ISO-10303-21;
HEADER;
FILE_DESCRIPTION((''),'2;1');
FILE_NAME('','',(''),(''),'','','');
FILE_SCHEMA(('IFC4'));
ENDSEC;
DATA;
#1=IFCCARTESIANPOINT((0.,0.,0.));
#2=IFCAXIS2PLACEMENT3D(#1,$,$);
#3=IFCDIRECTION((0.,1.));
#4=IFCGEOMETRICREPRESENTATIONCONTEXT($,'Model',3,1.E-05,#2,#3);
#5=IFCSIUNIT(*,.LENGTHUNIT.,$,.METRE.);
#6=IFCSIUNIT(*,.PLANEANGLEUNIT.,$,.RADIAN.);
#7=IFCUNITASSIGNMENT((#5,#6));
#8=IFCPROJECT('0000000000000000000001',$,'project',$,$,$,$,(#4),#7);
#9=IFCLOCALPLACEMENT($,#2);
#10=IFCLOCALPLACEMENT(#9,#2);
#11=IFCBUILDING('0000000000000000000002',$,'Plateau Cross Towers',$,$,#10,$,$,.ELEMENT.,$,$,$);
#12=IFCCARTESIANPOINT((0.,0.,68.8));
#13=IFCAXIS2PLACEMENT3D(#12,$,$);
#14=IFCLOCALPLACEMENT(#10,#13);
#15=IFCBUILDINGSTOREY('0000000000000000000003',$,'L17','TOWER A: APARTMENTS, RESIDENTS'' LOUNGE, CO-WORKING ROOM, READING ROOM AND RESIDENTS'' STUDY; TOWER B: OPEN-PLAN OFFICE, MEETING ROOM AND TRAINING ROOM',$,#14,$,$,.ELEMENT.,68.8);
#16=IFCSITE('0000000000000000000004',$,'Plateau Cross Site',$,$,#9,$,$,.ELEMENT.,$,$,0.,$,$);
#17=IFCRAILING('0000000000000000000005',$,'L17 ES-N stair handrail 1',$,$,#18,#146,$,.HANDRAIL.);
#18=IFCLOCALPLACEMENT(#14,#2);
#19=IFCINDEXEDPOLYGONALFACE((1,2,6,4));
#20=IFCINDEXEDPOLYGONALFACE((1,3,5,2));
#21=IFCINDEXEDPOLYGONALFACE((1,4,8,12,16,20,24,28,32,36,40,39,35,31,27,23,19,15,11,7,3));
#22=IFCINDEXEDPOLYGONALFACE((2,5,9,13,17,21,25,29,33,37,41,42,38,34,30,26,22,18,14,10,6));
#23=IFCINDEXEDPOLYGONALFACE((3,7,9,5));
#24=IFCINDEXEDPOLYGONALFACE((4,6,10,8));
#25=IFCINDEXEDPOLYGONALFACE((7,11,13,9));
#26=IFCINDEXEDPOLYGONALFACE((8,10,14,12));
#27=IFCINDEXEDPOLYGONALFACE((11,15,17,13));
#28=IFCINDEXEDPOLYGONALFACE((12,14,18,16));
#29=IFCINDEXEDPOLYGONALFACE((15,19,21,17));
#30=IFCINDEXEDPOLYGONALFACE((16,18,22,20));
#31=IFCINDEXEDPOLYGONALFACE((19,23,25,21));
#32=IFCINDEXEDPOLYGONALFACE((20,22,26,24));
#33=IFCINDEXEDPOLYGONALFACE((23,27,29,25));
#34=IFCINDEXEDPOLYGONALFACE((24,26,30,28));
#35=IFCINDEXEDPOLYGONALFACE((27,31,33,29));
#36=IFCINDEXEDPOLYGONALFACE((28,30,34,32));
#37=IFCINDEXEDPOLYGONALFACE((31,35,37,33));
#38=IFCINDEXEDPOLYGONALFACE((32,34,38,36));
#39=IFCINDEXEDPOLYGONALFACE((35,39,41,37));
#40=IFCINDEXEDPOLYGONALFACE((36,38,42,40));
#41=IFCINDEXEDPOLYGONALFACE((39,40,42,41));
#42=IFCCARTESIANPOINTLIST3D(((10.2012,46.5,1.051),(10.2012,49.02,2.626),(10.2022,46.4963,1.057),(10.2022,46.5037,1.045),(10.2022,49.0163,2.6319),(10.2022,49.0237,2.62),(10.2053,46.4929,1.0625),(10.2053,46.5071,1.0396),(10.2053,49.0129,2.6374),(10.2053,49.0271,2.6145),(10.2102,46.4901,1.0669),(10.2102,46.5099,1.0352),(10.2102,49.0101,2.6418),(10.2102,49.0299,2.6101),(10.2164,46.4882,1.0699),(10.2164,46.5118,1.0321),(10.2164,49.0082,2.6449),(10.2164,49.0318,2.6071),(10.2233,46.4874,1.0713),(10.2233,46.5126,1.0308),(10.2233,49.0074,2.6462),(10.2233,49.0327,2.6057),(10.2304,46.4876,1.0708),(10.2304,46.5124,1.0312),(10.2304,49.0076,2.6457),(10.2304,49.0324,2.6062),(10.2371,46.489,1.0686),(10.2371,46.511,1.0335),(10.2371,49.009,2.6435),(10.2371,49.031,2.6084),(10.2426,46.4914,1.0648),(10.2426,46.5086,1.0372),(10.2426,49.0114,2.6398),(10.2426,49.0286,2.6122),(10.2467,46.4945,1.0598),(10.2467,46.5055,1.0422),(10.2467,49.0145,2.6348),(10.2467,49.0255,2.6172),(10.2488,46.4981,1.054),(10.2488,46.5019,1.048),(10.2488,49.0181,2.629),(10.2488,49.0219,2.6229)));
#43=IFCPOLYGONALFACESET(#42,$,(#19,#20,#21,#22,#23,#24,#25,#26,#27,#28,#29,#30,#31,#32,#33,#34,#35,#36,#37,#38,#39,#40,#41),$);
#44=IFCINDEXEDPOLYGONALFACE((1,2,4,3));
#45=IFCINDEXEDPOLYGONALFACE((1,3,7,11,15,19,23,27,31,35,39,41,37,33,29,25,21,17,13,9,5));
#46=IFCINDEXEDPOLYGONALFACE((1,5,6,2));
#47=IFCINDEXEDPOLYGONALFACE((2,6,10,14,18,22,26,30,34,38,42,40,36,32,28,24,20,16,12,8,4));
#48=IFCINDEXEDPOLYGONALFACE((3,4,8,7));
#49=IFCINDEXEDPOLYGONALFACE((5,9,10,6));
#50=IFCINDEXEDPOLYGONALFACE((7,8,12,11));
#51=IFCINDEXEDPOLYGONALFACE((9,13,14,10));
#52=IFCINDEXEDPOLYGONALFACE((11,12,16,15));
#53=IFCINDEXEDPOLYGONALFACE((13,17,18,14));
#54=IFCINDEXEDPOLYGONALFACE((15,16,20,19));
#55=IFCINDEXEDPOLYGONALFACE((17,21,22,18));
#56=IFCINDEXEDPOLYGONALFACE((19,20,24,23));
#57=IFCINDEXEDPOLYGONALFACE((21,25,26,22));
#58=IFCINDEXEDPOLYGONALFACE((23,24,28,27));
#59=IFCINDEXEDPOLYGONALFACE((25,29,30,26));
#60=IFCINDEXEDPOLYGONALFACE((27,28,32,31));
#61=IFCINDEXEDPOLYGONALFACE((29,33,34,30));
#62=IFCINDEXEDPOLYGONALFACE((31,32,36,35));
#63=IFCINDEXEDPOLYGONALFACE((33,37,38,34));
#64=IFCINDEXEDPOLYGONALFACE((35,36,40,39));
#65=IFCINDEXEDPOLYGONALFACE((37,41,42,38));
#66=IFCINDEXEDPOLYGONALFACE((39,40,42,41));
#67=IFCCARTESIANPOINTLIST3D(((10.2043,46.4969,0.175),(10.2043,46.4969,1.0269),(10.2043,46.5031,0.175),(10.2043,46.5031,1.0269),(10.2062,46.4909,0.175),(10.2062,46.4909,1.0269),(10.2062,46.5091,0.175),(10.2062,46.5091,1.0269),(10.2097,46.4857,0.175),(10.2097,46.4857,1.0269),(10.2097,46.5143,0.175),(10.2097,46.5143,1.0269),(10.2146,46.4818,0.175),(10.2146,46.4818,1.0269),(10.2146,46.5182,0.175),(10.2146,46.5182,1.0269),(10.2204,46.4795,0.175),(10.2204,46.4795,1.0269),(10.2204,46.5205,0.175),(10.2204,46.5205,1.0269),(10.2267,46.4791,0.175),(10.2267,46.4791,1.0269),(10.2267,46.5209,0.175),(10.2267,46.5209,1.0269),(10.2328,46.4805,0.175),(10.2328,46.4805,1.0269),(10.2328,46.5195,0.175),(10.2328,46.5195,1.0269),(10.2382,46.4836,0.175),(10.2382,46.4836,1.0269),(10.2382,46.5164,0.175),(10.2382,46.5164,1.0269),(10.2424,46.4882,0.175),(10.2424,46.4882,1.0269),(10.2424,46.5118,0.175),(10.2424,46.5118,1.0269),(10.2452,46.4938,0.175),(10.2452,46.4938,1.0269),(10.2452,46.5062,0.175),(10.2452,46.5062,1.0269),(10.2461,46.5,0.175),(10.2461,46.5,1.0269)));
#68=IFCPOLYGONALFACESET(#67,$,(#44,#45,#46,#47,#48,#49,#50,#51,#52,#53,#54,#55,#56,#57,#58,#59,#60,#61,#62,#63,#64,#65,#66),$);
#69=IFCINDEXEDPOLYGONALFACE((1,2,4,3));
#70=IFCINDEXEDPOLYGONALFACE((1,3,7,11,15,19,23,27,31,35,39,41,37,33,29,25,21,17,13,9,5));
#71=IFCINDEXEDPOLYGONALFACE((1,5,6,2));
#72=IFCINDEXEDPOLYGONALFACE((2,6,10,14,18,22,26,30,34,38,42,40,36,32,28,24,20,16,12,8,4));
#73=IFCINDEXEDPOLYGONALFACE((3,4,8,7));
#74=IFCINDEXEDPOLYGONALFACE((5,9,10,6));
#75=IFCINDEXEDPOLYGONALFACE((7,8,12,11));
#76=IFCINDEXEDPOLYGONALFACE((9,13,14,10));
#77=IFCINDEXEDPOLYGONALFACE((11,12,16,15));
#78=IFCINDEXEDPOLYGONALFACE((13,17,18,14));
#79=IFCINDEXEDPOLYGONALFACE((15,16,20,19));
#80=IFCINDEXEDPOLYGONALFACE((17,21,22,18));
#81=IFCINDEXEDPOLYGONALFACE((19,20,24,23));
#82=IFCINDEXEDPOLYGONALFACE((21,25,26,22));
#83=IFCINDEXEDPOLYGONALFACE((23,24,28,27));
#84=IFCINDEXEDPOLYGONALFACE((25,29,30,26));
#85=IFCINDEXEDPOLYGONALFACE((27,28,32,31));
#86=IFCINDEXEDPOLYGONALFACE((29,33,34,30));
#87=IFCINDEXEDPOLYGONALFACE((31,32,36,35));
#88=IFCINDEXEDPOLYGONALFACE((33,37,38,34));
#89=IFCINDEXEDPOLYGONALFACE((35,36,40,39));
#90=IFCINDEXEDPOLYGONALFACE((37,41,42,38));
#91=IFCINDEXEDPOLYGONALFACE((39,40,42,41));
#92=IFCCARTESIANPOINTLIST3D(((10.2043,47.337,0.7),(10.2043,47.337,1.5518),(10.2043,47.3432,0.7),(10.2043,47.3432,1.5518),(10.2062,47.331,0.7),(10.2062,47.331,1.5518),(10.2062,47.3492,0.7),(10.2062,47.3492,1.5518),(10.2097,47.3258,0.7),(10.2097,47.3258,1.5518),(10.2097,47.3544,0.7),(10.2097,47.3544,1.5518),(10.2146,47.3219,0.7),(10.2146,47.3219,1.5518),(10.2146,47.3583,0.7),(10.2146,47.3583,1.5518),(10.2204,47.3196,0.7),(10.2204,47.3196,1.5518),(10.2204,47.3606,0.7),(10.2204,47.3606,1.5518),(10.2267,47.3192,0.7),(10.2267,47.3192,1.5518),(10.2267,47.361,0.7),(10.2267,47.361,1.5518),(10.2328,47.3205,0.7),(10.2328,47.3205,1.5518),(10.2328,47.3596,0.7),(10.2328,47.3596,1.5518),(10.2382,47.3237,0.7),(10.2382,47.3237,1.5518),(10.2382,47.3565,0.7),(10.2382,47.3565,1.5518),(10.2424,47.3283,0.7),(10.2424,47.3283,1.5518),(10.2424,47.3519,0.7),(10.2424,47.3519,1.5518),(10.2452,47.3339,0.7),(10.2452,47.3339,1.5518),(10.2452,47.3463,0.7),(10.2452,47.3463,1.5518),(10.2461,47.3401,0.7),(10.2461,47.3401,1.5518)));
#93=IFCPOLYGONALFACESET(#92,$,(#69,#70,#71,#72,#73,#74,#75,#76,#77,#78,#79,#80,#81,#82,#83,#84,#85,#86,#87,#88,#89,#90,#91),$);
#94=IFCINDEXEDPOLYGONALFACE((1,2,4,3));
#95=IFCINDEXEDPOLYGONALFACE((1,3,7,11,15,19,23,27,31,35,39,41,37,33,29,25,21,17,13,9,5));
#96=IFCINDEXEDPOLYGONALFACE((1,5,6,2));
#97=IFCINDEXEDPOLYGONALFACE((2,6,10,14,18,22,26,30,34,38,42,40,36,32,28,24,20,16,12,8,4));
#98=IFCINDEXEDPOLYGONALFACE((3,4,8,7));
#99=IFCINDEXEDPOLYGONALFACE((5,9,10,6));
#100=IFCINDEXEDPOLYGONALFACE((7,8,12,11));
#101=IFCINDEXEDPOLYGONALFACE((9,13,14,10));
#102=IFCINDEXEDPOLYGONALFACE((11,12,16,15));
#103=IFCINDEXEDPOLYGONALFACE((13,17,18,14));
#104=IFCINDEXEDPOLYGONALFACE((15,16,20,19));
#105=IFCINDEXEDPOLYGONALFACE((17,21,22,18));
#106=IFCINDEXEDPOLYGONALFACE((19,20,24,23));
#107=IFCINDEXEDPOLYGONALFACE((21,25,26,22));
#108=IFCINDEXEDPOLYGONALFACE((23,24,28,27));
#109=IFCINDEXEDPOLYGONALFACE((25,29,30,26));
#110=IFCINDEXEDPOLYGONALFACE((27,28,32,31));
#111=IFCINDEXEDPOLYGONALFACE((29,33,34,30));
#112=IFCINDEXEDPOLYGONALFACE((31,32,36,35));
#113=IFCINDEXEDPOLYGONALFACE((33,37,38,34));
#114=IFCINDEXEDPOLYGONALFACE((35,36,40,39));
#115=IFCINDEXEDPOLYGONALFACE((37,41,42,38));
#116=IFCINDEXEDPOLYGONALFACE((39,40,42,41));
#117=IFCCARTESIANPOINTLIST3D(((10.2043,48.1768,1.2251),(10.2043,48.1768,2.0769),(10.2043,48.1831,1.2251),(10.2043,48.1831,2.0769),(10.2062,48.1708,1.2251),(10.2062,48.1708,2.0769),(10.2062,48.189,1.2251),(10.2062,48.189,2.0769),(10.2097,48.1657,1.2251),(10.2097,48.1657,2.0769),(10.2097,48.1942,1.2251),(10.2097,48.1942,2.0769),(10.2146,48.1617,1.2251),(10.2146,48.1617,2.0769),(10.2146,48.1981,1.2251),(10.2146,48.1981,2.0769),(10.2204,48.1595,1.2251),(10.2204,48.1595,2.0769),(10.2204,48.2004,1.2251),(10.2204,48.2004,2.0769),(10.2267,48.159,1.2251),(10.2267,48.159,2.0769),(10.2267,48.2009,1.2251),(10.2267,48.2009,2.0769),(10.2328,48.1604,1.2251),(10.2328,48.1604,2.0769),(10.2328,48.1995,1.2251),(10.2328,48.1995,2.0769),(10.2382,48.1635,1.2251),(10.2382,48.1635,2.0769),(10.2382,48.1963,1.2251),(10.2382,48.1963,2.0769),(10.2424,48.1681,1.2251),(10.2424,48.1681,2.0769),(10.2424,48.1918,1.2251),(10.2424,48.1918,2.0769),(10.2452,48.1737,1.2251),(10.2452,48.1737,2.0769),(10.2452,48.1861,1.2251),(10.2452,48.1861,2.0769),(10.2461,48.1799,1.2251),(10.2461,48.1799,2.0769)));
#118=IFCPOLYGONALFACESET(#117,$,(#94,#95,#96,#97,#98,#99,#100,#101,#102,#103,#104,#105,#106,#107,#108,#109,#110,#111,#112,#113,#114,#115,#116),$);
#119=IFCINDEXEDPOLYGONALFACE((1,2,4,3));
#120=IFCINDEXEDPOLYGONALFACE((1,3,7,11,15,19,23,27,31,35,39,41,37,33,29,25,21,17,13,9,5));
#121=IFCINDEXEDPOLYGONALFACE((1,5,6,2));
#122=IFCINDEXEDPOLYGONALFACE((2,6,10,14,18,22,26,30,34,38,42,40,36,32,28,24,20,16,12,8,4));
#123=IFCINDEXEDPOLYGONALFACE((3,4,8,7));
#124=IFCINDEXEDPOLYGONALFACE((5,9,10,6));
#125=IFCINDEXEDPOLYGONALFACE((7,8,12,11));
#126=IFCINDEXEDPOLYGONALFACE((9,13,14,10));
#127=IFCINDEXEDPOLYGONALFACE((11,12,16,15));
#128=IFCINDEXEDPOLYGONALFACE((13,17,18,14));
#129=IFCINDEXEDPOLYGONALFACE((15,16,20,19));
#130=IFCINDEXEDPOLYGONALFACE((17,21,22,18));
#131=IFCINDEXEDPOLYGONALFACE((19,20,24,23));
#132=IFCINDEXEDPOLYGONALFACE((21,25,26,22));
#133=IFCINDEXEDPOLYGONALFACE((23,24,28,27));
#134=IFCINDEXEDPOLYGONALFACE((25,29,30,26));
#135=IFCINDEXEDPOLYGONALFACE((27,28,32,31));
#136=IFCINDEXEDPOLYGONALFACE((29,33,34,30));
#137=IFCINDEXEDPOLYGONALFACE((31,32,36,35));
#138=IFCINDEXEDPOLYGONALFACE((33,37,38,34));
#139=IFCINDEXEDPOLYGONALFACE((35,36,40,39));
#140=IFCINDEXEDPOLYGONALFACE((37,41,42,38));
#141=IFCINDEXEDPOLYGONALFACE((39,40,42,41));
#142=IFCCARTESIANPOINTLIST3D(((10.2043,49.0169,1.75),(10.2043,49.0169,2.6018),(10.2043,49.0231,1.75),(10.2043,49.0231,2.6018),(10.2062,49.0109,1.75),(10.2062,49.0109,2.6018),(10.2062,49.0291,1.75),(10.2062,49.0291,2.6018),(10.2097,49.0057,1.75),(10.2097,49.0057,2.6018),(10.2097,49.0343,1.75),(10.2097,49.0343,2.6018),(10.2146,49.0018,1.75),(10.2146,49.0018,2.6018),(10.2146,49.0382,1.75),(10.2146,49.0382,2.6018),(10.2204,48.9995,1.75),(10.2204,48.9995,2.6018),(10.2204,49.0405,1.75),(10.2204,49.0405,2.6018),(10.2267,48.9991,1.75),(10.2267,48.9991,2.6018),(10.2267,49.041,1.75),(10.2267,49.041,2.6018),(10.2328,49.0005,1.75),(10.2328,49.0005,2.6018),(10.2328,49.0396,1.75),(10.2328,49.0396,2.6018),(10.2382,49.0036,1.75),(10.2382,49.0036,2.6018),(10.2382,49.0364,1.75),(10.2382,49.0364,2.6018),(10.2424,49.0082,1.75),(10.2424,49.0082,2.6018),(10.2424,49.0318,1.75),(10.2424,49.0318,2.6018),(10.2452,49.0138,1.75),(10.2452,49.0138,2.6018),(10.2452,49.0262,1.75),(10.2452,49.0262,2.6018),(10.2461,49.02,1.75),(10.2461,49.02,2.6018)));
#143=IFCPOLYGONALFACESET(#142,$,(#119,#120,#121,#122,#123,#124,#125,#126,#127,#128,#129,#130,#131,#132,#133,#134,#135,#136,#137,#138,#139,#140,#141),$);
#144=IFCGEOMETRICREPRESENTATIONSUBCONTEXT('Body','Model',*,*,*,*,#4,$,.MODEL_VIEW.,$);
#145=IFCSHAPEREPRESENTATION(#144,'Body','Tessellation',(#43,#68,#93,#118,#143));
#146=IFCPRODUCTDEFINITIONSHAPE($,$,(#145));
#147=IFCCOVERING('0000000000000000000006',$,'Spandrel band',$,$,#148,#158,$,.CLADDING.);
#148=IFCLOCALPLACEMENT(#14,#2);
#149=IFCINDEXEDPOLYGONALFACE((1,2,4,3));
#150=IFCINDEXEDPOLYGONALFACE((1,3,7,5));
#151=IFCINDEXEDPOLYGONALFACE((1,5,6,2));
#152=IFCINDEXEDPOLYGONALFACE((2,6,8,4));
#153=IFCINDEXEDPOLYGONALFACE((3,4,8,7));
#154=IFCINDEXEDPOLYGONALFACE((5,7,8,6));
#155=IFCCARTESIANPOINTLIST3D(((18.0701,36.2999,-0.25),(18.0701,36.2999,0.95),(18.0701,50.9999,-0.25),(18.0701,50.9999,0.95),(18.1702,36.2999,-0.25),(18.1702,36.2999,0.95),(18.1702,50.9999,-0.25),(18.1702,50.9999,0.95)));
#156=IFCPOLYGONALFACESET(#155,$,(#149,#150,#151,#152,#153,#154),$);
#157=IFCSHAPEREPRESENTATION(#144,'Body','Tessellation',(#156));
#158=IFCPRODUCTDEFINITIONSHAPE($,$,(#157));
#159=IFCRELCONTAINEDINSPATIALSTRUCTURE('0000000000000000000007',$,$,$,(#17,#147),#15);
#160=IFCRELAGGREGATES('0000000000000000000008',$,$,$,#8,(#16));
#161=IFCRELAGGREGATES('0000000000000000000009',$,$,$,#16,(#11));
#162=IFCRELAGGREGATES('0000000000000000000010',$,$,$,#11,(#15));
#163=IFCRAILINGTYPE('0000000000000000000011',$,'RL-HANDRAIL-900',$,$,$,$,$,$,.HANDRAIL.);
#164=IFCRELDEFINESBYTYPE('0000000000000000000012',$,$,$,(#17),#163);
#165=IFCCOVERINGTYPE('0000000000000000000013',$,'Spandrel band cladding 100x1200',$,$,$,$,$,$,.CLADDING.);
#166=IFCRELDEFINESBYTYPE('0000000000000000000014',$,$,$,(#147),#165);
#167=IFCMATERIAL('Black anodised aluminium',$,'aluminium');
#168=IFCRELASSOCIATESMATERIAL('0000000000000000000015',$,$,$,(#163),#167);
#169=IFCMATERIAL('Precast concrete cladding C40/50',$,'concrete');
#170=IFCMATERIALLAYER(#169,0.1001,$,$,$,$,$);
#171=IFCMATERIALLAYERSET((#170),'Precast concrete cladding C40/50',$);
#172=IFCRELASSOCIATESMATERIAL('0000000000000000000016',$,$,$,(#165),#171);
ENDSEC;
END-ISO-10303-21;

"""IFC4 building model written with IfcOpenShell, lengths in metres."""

from ifc_helpers import new_model, si_unit, direction, frame, origin, origin_2d, place, context, subcontext, project, spatial, rectangle, circle, extrude, material, layer, layer_set, type_object, element, save


model = new_model("IFC4")

# Units and contexts
model_context = context("Model", 3, precision=1e-05, world=origin(), true_north=direction((0.0, 1.0)))
body_context = subcontext(model_context, "Body", "Model", "MODEL_VIEW")
ifc_project = project(units=[si_unit("LENGTHUNIT", "METRE"), si_unit("PLANEANGLEUNIT", "RADIAN")], contexts=[model_context])

# Site, building, storey
site_placement = place(None, origin())
site = spatial("IfcSite", under=ifc_project, at=site_placement, Name="Plateau Cross Site", CompositionType="ELEMENT", RefElevation=0.0)
building_placement = place(site_placement, origin())
building = spatial("IfcBuilding", under=site, at=building_placement, Name="Plateau Cross Towers", CompositionType="ELEMENT")
storey_placement = place(building_placement, frame((0.0, 0.0, 68.8)))
storey = spatial("IfcBuildingStorey", under=building, at=storey_placement, Name="L17", Description="TOWER A: APARTMENTS, RESIDENTS' LOUNGE, CO-WORKING ROOM, READING ROOM AND RESIDENTS' STUDY; TOWER B: OPEN-PLAN OFFICE, MEETING ROOM AND TRAINING ROOM", CompositionType="ELEMENT", Elevation=68.8)

# Shared definitions
ifc_material_1 = material(Name="Black anodised aluminium", Category="aluminium")

# Railing
railing_type_1 = type_object("IfcRailingType", Name="RL-HANDRAIL-900", PredefinedType="HANDRAIL", material=ifc_material_1)
railing_1_placement = place(storey_placement, frame((10.2251, 46.5, 0.175)))
element("IfcRailing", 1, at=railing_1_placement, inside=storey, type_object=railing_type_1, Name="L17 ES-N stair handrail 1", PredefinedType="HANDRAIL", context=body_context, shape_type="SweptSolid", body=[
    extrude(circle(Radius=0.0239, at=origin_2d()), frame((0.0, 0.0, 0.876), z_axis=(0.0, 0.848008, 0.529984), x_axis=(-1.0, 0.0, 0.0)), (0.0, 0.0, 1.0), 2.9717),
    extrude(circle(Radius=0.021, at=origin_2d()), origin(), (0.0, 0.0, 1.0), 0.8518),
    extrude(circle(Radius=0.021, at=origin_2d()), frame((0.0, 0.8401, 0.5249)), (0.0, 0.0, 1.0), 0.8518),
    extrude(circle(Radius=0.021, at=origin_2d()), frame((0.0, 1.6799, 1.05)), (0.0, 0.0, 1.0), 0.8518),
    extrude(circle(Radius=0.021, at=origin_2d()), frame((0.0, 2.52, 1.575)), (0.0, 0.0, 1.0), 0.8518),
])

# Covering
ifc_material_2 = material(Name="Precast concrete cladding C40/50", Category="concrete")
ifc_layer_1 = layer(ifc_material_2, 0.1001)
ifc_layer_set_1 = layer_set([ifc_layer_1], Name="Precast concrete cladding C40/50")
covering_type = type_object("IfcCoveringType", Name="Spandrel band cladding 100x1200", PredefinedType="CLADDING", material=ifc_layer_set_1)
covering_placement = place(storey_placement, frame((18.1201, 43.6499, -0.25), z_axis=(0.0, 0.0, 1.0), x_axis=(0.0, 1.0, 0.0)))
element("IfcCovering", 2, at=covering_placement, inside=storey, type_object=covering_type, Name="Spandrel band", PredefinedType="CLADDING", context=body_context, shape_type="SweptSolid", body=[
    extrude(rectangle(XDim=14.7, YDim=0.1001, at=origin_2d()), origin(), (0.0, 0.0, 1.0), 1.2),
])

save(model, "model.ifc")
